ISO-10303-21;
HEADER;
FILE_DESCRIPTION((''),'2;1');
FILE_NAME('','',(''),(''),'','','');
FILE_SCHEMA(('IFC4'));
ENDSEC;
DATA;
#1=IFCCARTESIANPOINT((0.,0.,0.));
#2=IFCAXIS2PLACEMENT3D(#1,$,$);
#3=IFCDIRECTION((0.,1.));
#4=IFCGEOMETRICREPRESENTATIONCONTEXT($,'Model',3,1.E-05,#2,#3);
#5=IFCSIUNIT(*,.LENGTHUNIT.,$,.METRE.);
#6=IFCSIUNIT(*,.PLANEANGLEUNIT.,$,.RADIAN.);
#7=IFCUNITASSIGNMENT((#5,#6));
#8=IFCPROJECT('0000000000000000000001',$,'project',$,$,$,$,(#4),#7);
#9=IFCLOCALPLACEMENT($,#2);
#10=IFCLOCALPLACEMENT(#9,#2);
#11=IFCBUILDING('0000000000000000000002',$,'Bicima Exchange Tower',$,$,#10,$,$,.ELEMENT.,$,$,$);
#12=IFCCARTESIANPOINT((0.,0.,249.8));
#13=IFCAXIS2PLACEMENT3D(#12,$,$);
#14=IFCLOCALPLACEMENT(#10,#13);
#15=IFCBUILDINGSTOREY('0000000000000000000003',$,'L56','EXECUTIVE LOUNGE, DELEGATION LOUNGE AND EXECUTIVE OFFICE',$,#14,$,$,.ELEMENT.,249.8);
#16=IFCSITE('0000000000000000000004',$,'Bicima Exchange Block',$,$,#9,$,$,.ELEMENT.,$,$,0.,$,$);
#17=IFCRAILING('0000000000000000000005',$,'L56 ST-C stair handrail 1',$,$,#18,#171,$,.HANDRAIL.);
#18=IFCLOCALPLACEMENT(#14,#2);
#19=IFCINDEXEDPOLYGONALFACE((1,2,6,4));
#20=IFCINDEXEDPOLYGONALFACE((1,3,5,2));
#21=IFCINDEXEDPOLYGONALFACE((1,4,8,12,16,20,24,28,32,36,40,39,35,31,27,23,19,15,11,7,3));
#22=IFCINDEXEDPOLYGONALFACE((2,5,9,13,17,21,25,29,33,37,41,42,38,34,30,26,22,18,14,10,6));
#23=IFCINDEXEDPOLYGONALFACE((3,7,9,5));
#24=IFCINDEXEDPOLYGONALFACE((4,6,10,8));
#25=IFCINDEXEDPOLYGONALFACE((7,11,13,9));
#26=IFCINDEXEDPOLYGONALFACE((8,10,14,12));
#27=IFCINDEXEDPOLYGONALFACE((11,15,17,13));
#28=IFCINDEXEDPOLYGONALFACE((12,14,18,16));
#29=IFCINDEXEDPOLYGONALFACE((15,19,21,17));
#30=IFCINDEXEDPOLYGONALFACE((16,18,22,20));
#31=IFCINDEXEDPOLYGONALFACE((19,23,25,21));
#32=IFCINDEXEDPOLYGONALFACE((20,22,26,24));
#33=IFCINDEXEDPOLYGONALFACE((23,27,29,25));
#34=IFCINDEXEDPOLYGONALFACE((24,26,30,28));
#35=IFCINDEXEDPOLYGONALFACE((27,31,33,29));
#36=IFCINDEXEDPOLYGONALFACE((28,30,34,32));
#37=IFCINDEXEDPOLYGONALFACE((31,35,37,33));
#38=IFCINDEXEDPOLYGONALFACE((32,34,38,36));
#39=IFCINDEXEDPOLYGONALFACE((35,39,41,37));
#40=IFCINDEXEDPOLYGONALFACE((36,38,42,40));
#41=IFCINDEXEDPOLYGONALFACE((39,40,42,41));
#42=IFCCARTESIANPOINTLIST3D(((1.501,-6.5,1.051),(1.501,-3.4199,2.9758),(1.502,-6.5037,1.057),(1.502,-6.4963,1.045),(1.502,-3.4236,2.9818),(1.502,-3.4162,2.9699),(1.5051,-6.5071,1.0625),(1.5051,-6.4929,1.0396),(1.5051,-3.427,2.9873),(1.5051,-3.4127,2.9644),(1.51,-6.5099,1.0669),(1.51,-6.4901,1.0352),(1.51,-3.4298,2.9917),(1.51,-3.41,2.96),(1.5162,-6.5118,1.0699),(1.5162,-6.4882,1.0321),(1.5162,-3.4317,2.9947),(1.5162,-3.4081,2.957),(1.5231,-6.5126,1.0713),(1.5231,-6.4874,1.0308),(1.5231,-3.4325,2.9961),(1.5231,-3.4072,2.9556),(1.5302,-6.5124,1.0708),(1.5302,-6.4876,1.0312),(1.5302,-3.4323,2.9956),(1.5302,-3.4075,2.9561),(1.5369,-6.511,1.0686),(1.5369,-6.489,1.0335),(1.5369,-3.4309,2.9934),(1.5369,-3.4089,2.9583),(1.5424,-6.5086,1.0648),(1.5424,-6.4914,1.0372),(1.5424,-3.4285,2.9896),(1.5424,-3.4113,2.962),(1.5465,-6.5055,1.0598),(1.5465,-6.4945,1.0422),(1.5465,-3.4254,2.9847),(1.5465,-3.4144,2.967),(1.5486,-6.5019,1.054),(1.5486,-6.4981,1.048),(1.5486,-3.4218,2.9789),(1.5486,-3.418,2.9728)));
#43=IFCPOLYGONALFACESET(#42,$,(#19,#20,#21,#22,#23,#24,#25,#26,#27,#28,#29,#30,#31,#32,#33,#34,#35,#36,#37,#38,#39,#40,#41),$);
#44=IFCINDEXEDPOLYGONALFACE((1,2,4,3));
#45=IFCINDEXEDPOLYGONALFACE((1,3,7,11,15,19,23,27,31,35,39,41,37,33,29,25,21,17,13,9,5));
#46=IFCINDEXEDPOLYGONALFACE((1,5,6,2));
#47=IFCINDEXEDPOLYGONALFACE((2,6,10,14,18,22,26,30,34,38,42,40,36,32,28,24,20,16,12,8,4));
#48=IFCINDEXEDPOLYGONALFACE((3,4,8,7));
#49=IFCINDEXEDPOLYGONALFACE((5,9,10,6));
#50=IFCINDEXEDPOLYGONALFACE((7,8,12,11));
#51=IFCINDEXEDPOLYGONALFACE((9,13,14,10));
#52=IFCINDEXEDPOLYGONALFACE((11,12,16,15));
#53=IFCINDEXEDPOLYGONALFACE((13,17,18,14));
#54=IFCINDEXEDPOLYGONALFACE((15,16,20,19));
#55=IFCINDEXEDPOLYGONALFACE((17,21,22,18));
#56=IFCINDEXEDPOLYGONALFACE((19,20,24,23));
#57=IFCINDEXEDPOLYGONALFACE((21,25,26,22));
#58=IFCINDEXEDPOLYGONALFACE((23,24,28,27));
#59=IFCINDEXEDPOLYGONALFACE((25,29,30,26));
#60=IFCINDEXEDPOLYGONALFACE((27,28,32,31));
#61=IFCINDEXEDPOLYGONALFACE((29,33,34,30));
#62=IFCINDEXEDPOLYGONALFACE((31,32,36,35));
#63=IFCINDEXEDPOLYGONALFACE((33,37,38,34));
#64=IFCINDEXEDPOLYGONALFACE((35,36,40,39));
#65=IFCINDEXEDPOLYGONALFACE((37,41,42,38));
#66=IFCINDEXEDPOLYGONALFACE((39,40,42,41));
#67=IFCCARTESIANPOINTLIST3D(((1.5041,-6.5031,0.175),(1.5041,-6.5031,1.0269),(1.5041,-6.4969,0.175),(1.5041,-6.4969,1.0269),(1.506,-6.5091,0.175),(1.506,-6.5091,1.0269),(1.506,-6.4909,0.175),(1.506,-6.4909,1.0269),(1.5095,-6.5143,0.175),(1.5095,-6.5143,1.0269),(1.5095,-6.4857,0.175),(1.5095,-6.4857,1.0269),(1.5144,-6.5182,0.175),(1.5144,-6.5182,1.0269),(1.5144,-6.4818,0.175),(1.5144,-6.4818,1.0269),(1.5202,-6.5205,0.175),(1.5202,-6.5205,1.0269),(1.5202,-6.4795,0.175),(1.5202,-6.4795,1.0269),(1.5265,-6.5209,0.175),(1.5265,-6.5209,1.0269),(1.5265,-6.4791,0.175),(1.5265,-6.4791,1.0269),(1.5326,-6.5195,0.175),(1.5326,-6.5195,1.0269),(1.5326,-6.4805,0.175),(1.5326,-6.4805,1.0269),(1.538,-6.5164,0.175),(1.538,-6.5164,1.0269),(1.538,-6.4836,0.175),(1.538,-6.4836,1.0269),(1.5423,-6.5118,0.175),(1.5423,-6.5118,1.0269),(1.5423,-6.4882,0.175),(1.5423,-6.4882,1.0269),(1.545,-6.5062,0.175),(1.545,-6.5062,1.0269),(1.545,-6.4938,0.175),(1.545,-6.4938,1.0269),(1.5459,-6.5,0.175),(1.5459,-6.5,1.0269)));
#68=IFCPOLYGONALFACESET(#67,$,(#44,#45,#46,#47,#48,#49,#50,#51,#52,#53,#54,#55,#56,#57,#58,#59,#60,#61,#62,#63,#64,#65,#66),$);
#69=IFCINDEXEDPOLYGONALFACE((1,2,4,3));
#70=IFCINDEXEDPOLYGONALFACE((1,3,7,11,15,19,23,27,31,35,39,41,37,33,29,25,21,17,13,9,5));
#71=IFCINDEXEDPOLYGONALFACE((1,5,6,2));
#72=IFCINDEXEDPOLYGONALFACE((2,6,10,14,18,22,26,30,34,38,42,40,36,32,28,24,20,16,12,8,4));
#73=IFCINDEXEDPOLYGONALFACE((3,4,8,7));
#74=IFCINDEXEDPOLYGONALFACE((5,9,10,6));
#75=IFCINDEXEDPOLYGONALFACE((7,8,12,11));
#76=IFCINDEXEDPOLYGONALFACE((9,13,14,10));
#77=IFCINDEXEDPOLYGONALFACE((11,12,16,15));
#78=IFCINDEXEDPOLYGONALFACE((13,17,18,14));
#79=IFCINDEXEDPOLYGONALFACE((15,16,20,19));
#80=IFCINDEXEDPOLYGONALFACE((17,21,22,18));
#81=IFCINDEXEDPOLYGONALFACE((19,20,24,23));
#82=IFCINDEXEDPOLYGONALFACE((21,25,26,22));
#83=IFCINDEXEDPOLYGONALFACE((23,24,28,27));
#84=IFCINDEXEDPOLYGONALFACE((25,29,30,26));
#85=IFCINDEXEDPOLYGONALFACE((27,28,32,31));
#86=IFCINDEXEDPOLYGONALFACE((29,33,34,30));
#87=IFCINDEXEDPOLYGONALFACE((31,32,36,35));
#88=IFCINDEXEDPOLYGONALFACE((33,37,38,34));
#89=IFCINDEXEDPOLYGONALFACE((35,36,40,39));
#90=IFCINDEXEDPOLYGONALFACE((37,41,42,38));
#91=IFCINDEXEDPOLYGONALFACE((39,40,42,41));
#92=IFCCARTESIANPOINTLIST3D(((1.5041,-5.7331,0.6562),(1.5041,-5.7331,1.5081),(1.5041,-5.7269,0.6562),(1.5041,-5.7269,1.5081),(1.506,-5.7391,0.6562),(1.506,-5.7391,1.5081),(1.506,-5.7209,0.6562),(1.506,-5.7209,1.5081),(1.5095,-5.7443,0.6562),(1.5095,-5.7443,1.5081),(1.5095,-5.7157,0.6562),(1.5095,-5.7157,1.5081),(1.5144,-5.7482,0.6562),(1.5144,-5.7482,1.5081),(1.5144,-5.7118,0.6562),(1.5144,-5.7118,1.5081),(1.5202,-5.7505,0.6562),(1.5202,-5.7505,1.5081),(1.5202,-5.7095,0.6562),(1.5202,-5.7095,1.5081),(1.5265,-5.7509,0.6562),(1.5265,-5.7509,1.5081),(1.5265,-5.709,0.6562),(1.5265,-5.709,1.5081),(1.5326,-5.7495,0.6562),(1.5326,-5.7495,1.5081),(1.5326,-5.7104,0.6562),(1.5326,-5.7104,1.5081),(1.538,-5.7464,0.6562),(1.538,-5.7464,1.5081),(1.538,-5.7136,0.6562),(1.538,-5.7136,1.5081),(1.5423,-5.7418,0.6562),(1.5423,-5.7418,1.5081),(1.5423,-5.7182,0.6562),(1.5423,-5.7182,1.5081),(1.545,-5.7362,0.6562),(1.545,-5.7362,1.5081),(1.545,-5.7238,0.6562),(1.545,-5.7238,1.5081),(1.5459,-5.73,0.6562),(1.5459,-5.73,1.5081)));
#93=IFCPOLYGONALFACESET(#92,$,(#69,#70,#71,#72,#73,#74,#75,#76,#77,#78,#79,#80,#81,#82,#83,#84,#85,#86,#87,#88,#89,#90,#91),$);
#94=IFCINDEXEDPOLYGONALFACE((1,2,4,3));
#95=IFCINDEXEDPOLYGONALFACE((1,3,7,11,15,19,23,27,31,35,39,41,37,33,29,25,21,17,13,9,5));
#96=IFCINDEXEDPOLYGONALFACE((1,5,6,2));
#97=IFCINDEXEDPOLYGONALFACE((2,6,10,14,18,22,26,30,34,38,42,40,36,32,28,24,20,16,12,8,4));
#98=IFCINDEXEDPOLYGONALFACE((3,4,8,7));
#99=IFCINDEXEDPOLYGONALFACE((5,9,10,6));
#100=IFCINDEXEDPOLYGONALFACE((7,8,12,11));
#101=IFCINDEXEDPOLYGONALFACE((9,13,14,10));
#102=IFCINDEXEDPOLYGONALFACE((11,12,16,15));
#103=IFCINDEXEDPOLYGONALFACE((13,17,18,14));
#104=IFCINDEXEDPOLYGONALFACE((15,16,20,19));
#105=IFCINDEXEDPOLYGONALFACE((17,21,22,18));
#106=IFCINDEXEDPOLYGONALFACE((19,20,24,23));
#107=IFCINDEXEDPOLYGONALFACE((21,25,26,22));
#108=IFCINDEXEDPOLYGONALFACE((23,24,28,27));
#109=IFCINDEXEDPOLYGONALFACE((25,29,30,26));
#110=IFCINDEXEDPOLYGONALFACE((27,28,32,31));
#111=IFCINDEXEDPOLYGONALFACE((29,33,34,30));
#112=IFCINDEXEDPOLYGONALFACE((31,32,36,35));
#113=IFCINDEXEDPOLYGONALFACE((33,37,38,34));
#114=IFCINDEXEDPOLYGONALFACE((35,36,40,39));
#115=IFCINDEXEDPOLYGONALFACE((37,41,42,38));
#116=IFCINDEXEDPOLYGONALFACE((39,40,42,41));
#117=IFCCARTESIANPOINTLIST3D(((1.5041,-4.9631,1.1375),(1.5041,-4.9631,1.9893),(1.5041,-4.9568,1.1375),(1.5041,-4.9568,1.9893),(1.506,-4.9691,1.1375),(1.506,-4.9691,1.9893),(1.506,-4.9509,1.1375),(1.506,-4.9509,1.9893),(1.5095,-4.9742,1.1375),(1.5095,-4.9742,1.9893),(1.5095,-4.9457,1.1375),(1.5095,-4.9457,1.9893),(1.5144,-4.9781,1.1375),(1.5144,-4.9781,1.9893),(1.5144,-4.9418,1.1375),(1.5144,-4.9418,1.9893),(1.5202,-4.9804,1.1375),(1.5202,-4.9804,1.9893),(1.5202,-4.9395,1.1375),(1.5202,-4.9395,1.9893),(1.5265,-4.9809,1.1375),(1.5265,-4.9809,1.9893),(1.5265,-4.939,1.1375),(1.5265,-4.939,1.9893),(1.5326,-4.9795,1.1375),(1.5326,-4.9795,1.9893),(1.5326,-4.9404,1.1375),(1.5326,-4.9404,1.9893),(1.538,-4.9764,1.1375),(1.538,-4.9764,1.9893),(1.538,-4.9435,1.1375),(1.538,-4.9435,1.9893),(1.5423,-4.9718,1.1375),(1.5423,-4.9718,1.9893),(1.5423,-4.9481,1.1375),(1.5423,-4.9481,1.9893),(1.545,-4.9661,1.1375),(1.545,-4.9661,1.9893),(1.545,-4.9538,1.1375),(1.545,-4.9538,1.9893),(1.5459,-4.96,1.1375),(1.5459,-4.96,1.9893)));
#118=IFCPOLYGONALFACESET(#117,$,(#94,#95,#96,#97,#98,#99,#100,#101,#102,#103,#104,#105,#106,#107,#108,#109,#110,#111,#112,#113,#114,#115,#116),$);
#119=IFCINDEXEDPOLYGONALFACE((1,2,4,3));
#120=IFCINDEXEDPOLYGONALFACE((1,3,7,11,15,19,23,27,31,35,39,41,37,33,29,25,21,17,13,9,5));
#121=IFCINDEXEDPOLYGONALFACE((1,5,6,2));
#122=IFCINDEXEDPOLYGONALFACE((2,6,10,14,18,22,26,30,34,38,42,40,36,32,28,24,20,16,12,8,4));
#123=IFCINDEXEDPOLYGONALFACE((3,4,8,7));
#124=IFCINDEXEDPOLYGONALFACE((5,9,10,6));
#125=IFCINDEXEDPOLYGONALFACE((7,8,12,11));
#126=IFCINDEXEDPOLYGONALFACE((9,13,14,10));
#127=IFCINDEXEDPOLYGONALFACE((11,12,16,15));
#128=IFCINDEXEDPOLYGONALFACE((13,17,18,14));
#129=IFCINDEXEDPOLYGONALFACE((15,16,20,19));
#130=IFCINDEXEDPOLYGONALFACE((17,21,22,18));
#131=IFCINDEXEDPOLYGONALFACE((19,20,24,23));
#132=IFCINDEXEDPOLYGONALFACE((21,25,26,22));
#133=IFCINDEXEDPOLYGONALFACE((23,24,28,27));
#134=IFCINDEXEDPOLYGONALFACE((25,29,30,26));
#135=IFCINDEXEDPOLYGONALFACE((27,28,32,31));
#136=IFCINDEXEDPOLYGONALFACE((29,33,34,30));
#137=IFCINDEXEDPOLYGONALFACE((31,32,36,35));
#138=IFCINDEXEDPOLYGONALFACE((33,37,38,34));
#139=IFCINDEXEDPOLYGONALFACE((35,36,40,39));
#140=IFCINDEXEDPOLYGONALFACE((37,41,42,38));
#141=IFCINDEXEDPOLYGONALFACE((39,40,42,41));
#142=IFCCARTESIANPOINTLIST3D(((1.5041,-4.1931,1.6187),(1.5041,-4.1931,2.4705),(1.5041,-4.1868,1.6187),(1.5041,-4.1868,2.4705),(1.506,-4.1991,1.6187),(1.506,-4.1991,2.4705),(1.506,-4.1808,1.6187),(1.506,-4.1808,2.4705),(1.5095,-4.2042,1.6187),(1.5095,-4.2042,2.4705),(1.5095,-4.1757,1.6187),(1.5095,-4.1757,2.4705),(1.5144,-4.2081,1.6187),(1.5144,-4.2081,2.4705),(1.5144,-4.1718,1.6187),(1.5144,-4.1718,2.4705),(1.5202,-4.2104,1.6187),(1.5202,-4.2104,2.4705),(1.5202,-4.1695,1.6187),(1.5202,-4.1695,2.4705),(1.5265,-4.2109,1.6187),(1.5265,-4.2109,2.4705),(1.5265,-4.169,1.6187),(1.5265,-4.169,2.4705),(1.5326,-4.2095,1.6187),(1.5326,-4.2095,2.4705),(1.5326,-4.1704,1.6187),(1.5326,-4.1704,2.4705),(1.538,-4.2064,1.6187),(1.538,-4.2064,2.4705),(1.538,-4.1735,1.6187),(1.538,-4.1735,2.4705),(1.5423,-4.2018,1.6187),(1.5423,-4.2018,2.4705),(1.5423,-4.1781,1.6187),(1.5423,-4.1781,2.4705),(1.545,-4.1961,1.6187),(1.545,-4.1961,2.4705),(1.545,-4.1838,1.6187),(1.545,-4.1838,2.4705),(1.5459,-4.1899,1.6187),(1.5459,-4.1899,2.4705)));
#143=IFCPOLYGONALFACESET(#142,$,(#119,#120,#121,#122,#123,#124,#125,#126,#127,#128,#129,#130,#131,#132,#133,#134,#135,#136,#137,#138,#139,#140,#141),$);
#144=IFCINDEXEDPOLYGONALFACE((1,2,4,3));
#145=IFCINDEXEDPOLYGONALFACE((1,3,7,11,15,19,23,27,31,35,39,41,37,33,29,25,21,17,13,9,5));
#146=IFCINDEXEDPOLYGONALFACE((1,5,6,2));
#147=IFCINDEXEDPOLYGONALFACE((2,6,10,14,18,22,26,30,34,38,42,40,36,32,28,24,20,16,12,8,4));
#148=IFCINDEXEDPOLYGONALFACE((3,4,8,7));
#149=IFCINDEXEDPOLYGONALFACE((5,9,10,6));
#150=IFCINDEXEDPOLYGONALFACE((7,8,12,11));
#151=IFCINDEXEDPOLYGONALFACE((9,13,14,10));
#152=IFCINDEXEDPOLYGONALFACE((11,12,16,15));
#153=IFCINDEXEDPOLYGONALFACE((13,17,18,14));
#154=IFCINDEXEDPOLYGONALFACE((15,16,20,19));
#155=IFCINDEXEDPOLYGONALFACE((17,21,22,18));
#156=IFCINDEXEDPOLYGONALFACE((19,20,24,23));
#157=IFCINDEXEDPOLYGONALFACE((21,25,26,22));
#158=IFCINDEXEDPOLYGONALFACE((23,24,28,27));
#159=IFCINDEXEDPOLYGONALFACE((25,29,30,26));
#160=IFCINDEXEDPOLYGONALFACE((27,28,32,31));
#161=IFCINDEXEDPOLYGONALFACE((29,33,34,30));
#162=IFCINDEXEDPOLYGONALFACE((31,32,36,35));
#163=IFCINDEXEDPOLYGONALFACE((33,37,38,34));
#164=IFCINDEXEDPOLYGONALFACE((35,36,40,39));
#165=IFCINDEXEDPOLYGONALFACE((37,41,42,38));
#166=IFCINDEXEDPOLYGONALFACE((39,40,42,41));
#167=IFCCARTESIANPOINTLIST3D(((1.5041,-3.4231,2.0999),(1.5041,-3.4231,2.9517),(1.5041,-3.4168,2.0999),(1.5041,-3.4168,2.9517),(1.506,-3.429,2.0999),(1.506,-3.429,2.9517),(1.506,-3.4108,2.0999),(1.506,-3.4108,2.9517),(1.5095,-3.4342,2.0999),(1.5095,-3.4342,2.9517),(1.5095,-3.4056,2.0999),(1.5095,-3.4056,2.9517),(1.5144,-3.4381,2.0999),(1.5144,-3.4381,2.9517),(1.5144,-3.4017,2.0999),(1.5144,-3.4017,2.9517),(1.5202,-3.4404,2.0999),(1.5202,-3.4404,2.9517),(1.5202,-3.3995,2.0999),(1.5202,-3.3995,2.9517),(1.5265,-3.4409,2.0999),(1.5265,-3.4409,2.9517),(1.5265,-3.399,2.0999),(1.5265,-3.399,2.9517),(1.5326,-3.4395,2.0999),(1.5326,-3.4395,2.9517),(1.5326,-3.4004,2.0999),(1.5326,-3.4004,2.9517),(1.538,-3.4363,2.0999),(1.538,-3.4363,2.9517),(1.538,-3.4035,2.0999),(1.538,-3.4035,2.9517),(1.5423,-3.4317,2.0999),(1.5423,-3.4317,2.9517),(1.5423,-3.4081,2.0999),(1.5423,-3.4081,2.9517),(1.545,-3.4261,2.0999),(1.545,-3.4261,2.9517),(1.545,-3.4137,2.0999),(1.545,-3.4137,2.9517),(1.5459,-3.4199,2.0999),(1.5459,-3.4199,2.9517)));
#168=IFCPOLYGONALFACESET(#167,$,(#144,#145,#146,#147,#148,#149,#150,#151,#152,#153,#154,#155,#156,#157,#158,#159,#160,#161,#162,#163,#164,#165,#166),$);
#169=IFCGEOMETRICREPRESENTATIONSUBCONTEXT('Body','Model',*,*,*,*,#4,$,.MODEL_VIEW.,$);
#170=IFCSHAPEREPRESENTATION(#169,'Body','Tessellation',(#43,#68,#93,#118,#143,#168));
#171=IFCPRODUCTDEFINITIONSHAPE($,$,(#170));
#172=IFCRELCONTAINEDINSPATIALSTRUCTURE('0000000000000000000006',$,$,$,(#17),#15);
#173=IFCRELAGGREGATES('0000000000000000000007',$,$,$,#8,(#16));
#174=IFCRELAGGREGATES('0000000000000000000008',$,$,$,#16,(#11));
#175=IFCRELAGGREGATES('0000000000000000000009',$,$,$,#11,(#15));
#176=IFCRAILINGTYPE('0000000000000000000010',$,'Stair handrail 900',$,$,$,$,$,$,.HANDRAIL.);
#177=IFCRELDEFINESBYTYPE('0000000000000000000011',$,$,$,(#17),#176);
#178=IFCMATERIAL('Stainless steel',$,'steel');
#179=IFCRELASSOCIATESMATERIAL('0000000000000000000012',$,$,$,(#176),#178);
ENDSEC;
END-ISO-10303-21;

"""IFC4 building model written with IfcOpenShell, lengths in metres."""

from ifc_helpers import new_model, si_unit, direction, frame, origin, origin_2d, place, context, subcontext, project, spatial, circle, extrude, material, type_object, element, save


model = new_model("IFC4")

# Units and contexts
model_context = context("Model", 3, precision=1e-05, world=origin(), true_north=direction((0.0, 1.0)))
body_context = subcontext(model_context, "Body", "Model", "MODEL_VIEW")
ifc_project = project(units=[si_unit("LENGTHUNIT", "METRE"), si_unit("PLANEANGLEUNIT", "RADIAN")], contexts=[model_context])

# Site, building, storey
site_placement = place(None, origin())
site = spatial("IfcSite", under=ifc_project, at=site_placement, Name="Bicima Exchange Block", CompositionType="ELEMENT", RefElevation=0.0)
building_placement = place(site_placement, origin())
building = spatial("IfcBuilding", under=site, at=building_placement, Name="Bicima Exchange Tower", CompositionType="ELEMENT")
storey_placement = place(building_placement, frame((0.0, 0.0, 249.8)))
storey = spatial("IfcBuildingStorey", under=building, at=storey_placement, Name="L56", Description="EXECUTIVE LOUNGE, DELEGATION LOUNGE AND EXECUTIVE OFFICE", CompositionType="ELEMENT", Elevation=249.8)

# Shared definitions
ifc_material_1 = material(Name="Stainless steel", Category="steel")

# Railing
railing_type_1 = type_object("IfcRailingType", Name="Stair handrail 900", PredefinedType="HANDRAIL", material=ifc_material_1)
railing_1_placement = place(storey_placement, frame((1.5249, -6.5, 0.175)))
element("IfcRailing", 1, at=railing_1_placement, inside=storey, type_object=railing_type_1, Name="L56 ST-C stair handrail 1", PredefinedType="HANDRAIL", context=body_context, shape_type="SweptSolid", body=[
    extrude(circle(Radius=0.0239, at=origin_2d()), frame((0.0, 0.0, 0.876), z_axis=(0.0, 0.848029, 0.529951), x_axis=(-1.0, 0.0, 0.0)), (0.0, 0.0, 1.0), 3.6321),
    extrude(circle(Radius=0.021, at=origin_2d()), origin(), (0.0, 0.0, 1.0), 0.8518),
    extrude(circle(Radius=0.021, at=origin_2d()), frame((0.0, 0.77, 0.4812)), (0.0, 0.0, 1.0), 0.8518),
    extrude(circle(Radius=0.021, at=origin_2d()), frame((0.0, 1.54, 0.9624)), (0.0, 0.0, 1.0), 0.8518),
    extrude(circle(Radius=0.021, at=origin_2d()), frame((0.0, 2.3101, 1.4436)), (0.0, 0.0, 1.0), 0.8518),
    extrude(circle(Radius=0.021, at=origin_2d()), frame((0.0, 3.0801, 1.9248)), (0.0, 0.0, 1.0), 0.8518),
])

save(model, "model.ifc")
